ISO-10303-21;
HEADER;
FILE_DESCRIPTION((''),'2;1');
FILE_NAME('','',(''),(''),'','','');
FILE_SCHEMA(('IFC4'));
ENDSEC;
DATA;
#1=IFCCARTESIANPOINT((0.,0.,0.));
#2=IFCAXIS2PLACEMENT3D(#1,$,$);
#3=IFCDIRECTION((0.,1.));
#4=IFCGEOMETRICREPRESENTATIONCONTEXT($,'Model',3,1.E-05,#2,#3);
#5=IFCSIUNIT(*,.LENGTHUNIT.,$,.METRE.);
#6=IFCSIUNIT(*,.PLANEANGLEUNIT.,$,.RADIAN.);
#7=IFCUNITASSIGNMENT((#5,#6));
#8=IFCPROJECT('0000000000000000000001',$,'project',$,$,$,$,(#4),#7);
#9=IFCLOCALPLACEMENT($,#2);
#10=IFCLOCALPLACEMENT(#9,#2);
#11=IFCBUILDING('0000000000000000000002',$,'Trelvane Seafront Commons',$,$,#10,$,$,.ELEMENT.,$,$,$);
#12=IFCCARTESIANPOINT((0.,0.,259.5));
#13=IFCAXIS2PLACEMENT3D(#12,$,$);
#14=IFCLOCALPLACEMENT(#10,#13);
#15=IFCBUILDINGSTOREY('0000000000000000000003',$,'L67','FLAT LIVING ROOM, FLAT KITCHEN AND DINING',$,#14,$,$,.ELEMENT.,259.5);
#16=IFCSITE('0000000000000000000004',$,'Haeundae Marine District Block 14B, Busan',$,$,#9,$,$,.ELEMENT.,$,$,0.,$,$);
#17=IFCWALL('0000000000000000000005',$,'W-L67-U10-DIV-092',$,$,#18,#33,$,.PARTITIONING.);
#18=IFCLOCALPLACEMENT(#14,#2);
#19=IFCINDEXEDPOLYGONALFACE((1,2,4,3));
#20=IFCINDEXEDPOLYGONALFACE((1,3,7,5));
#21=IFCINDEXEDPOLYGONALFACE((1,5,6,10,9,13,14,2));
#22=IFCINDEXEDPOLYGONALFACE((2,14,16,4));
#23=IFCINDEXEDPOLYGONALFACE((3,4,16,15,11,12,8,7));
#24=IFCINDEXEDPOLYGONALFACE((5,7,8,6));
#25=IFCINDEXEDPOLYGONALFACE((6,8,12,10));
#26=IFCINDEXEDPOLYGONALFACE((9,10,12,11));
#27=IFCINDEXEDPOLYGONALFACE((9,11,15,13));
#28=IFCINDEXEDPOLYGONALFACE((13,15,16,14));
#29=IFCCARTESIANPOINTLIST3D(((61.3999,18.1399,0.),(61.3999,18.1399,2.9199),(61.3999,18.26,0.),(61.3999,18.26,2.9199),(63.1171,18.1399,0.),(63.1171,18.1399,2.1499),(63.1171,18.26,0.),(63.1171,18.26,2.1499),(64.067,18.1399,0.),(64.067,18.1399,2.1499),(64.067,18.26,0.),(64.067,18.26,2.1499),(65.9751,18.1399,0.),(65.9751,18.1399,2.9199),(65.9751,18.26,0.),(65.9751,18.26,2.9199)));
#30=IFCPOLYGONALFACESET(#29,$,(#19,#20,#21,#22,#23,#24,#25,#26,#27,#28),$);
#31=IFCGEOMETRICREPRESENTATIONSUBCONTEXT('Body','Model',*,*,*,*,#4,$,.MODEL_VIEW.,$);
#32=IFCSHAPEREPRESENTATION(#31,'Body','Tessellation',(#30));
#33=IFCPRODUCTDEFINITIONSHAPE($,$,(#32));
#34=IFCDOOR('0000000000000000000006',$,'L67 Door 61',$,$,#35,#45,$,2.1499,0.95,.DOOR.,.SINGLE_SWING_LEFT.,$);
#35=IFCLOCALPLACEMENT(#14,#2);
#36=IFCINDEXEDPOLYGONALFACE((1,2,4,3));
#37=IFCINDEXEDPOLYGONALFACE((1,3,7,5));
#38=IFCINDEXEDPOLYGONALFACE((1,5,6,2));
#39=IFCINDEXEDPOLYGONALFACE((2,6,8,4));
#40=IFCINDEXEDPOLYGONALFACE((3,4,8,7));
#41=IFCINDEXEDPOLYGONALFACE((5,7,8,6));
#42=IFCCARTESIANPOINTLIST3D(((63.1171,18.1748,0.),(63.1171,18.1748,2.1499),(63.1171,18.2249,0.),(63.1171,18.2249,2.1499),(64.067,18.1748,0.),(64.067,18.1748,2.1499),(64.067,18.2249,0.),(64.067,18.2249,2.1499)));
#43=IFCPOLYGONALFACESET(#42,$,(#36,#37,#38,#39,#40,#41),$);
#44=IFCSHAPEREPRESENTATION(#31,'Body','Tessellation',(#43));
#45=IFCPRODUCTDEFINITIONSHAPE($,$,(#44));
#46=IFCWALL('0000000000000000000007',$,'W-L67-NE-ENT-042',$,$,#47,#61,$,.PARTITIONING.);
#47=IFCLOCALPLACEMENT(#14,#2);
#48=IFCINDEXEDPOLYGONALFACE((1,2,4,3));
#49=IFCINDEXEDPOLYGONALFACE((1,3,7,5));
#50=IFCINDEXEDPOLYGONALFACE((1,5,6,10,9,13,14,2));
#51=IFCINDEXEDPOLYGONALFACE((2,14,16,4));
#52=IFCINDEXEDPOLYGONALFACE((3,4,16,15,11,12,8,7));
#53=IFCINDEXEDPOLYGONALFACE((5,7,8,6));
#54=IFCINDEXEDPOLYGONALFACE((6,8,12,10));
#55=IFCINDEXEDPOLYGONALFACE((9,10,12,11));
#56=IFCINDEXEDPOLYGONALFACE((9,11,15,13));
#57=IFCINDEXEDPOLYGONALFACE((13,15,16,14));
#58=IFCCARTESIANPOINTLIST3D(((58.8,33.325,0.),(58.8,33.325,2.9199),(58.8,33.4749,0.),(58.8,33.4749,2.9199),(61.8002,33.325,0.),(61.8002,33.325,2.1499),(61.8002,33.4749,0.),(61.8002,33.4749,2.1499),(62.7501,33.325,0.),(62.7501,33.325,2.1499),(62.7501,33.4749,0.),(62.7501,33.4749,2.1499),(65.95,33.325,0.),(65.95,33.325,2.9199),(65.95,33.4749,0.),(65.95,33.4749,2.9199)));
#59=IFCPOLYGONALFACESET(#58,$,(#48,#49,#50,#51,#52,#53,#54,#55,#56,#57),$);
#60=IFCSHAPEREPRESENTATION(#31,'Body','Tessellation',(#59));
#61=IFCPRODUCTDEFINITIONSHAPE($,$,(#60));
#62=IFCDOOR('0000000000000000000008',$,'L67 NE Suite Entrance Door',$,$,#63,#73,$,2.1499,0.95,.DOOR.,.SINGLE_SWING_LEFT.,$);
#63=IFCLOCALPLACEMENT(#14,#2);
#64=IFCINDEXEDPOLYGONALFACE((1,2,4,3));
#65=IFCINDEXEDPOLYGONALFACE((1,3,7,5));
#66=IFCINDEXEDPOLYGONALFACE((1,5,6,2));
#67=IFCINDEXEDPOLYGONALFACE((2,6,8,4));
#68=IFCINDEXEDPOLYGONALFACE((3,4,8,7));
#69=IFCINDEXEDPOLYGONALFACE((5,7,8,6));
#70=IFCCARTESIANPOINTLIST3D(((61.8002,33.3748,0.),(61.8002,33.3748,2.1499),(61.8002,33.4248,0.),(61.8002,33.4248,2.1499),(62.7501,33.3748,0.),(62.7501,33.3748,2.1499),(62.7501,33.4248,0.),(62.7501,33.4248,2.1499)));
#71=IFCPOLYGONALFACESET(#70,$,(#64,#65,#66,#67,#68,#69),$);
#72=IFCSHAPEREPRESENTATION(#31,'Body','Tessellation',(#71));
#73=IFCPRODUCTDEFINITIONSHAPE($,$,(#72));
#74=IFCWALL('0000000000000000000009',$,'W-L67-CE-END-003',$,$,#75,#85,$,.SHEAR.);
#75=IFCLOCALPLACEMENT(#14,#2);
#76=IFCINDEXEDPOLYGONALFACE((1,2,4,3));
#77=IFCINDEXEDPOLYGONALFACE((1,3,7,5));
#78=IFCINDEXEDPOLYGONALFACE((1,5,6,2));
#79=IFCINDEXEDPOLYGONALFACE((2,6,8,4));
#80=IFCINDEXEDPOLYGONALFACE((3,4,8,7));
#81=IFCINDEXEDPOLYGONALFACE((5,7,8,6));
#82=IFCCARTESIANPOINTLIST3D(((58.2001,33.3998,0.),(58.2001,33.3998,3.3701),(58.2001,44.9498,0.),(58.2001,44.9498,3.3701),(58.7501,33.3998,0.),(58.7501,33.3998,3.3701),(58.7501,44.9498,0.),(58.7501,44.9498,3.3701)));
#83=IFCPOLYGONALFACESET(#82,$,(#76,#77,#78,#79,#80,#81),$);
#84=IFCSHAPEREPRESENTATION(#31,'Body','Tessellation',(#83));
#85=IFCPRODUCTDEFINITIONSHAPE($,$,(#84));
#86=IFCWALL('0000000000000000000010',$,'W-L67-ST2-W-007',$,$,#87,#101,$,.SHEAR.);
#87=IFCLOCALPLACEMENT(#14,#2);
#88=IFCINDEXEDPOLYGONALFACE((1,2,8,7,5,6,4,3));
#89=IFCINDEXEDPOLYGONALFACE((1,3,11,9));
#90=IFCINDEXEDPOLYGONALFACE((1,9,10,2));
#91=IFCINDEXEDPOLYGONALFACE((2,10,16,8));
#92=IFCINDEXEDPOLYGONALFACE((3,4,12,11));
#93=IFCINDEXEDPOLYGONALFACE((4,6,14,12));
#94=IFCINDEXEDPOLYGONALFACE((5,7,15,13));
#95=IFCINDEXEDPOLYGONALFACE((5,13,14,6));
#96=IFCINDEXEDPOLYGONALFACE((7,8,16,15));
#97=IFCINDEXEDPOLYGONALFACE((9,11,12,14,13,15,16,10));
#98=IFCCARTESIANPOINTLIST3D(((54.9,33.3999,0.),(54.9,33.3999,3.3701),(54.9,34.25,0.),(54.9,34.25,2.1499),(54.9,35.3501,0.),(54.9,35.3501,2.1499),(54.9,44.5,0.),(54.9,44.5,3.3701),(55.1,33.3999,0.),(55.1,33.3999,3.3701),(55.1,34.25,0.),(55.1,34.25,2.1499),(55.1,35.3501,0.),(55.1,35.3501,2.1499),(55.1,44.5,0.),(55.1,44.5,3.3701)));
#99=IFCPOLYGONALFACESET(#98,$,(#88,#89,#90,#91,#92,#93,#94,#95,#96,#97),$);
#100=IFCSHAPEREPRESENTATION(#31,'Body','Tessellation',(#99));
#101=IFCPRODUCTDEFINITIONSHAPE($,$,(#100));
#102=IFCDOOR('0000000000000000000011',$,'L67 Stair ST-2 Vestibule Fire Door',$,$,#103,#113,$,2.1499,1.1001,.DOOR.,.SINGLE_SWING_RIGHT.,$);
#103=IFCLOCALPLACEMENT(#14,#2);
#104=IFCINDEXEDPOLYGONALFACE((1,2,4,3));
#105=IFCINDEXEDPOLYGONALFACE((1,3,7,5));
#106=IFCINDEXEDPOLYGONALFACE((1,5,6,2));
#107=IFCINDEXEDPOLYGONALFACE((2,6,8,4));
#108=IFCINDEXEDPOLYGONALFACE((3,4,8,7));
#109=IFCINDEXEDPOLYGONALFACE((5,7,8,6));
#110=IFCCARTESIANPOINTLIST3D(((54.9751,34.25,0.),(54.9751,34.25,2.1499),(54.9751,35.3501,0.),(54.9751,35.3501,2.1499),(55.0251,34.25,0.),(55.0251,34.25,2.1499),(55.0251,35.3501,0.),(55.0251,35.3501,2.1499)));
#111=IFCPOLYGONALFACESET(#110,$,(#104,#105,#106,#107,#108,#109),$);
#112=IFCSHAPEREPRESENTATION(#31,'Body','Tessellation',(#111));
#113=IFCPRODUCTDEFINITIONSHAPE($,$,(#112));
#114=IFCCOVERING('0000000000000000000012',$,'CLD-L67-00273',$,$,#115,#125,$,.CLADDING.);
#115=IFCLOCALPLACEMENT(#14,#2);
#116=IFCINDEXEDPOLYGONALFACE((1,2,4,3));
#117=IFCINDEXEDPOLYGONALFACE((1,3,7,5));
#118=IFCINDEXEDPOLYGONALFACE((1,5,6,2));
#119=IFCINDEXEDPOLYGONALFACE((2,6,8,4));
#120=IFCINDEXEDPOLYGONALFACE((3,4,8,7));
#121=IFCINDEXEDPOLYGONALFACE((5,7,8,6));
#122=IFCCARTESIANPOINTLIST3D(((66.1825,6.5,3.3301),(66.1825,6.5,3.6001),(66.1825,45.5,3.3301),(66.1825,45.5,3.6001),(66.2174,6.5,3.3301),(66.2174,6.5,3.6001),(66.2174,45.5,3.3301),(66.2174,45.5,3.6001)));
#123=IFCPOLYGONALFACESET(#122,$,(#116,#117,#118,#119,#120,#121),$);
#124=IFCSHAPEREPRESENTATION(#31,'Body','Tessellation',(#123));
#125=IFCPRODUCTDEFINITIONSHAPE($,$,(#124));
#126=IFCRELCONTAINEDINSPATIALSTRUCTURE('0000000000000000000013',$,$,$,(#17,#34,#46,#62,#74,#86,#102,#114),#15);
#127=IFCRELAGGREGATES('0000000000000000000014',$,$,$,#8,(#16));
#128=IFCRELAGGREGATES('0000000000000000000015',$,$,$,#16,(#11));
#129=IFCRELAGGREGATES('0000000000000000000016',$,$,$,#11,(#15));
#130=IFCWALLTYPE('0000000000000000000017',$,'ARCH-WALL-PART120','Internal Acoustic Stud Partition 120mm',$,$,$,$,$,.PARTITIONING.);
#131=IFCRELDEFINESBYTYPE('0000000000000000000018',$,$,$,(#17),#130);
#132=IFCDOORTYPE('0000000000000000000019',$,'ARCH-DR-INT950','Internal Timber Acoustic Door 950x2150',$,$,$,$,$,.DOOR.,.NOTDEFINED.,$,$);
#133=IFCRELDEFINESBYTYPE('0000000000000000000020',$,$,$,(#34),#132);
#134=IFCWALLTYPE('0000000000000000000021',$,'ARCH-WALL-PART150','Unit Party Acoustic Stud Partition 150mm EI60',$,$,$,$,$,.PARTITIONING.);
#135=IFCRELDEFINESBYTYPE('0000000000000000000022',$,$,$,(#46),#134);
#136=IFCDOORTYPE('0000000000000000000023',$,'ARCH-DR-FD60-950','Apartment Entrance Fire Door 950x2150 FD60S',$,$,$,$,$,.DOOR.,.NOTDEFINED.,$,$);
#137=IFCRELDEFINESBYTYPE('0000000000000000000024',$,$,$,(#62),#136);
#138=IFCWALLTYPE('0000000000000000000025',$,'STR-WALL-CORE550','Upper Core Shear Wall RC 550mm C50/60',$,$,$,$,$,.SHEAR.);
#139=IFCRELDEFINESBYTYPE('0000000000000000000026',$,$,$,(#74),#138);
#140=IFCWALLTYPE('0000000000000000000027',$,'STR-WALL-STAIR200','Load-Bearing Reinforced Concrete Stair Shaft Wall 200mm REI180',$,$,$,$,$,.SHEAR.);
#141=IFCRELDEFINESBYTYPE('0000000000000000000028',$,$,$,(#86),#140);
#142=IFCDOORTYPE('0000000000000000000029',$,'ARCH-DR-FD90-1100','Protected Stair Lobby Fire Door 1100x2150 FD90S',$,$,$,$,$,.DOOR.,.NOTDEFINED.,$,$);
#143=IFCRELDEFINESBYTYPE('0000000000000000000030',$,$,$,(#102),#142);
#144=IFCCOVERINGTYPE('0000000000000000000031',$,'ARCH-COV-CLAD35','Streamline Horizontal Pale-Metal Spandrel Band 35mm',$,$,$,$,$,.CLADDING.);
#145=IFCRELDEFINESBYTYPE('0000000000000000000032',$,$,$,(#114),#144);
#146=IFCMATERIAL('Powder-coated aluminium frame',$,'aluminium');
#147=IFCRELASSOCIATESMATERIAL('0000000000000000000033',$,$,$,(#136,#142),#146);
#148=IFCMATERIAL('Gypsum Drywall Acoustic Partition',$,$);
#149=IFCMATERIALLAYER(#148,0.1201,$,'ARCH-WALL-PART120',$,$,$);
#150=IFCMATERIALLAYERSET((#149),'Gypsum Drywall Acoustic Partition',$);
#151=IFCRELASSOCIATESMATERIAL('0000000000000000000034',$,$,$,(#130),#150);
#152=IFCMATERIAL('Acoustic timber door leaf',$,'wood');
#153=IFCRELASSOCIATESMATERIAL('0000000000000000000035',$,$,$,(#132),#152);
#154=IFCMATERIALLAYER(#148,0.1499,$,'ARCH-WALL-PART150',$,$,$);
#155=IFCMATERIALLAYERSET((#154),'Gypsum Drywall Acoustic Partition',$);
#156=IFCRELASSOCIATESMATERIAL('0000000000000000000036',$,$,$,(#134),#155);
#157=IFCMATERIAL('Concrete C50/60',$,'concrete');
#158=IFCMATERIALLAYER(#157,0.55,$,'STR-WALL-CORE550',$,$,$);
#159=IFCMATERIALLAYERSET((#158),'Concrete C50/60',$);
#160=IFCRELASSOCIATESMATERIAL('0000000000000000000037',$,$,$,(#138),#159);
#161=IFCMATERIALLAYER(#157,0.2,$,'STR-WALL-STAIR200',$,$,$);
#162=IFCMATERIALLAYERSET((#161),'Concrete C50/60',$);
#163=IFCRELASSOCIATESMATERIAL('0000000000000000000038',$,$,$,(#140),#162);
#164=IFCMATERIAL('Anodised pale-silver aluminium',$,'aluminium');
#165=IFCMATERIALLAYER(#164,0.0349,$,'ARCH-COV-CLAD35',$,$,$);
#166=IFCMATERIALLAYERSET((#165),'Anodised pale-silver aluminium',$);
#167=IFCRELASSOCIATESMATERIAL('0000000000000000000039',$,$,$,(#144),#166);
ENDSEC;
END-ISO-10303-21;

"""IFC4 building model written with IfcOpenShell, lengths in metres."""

from ifc_helpers import new_model, si_unit, direction, frame, frame_2d, origin, origin_2d, place, context, subcontext, project, spatial, rectangle, extrude, source, transform, mapped, material, layer, layer_set, type_object, element, fill, save


model = new_model("IFC4")

# Units and contexts
model_context = context("Model", 3, precision=1e-05, world=origin(), true_north=direction((0.0, 1.0)))
body_context = subcontext(model_context, "Body", "Model", "MODEL_VIEW")
ifc_project = project(units=[si_unit("LENGTHUNIT", "METRE"), si_unit("PLANEANGLEUNIT", "RADIAN")], contexts=[model_context])

# Site, building, storey
site_placement = place(None, origin())
site = spatial("IfcSite", under=ifc_project, at=site_placement, Name="Haeundae Marine District Block 14B, Busan", CompositionType="ELEMENT", RefElevation=0.0)
building_placement = place(site_placement, origin())
building = spatial("IfcBuilding", under=site, at=building_placement, Name="Trelvane Seafront Commons", CompositionType="ELEMENT")
storey_placement = place(building_placement, frame((0.0, 0.0, 259.5)))
storey = spatial("IfcBuildingStorey", under=building, at=storey_placement, Name="L67", Description="FLAT LIVING ROOM, FLAT KITCHEN AND DINING", CompositionType="ELEMENT", Elevation=259.5)

# Shared definitions
ifc_material_1 = material(Name="Concrete C50/60", Category="concrete")

# Shared definitions
ifc_material_2 = material(Name="Powder-coated aluminium frame", Category="aluminium")
door_type_1 = type_object("IfcDoorType", Name="ARCH-DR-FD60-950", Description="Apartment Entrance Fire Door 950x2150 FD60S", OperationType="NOTDEFINED", PredefinedType="DOOR", material=ifc_material_2)
shared_shape_1 = source(origin(), body_context, "Body", "SweptSolid", [
    extrude(rectangle(XDim=0.95, YDim=2.1499, at=frame_2d((0.4751, 1.075))), frame((0.0, 0.0249, 0.0), z_axis=(0.0, -1.0, 0.0), x_axis=(1.0, 0.0, 0.0)), (0.0, 0.0, 1.0), 0.05),
])
ifc_material_3 = material(Name="Gypsum Drywall Acoustic Partition")
ifc_layer_1 = layer(ifc_material_3, 0.1201, Name="ARCH-WALL-PART120")
ifc_layer_set_1 = layer_set([ifc_layer_1], Name="Gypsum Drywall Acoustic Partition")
wall_type_1 = type_object("IfcWallType", Name="ARCH-WALL-PART120", Description="Internal Acoustic Stud Partition 120mm", PredefinedType="PARTITIONING", material=ifc_layer_set_1)
ifc_material_4 = material(Name="Acoustic timber door leaf", Category="wood")
door_type_2 = type_object("IfcDoorType", Name="ARCH-DR-INT950", Description="Internal Timber Acoustic Door 950x2150", OperationType="NOTDEFINED", PredefinedType="DOOR", material=ifc_material_4)

# Walls, openings, doors
wall_1_placement = place(storey_placement, frame((61.3999, 18.2, 0.0), z_axis=(0.0, 0.0, 1.0), x_axis=(1.0, 0.0, 0.0)))
wall_1 = element("IfcWall", 1, at=wall_1_placement, inside=storey, type_object=wall_type_1, Name="W-L67-U10-DIV-092", PredefinedType="PARTITIONING", context=body_context, shape_type="SweptSolid", body=[
    extrude(rectangle(XDim=4.5752, YDim=0.1201, at=frame_2d((2.2876, 0.0))), origin(), (0.0, 0.0, 1.0), 2.9199),
])
opening_1_placement = place(wall_1_placement, frame((1.717, 0.0, 0.0)))
opening_1 = element("IfcOpeningElement", 2, at=opening_1_placement, cuts=wall_1, PredefinedType="OPENING", context=body_context, shape_type="SweptSolid", body=[
    extrude(rectangle(XDim=0.95, YDim=2.1499, at=frame_2d((0.4751, 1.075))), frame((0.0, 0.0701, 0.0), z_axis=(0.0, -1.0, 0.0), x_axis=(1.0, 0.0, 0.0)), (0.0, 0.0, 1.0), 0.1401),
])
door_1_placement = place(opening_1_placement, origin())
door_1 = element("IfcDoor", 3, at=door_1_placement, inside=storey, type_object=door_type_2, Name="L67 Door 61", OperationType="SINGLE_SWING_LEFT", OverallHeight=2.1499, OverallWidth=0.95, PredefinedType="DOOR", context=body_context, shape_type="MappedRepresentation", body=[
    mapped(shared_shape_1, transform((0.0, 0.0, 0.0), x_axis=(1.0, 0.0, 0.0), y_axis=(0.0, 1.0, 0.0), z_axis=(0.0, 0.0, 1.0), scale=1.0)),
])
fill(opening_1, door_1)
ifc_layer_2 = layer(ifc_material_3, 0.1499, Name="ARCH-WALL-PART150")
ifc_layer_set_2 = layer_set([ifc_layer_2], Name="Gypsum Drywall Acoustic Partition")
wall_type_2 = type_object("IfcWallType", Name="ARCH-WALL-PART150", Description="Unit Party Acoustic Stud Partition 150mm EI60", PredefinedType="PARTITIONING", material=ifc_layer_set_2)
wall_2_placement = place(storey_placement, frame((58.8, 33.3999, 0.0), z_axis=(0.0, 0.0, 1.0), x_axis=(1.0, 0.0, 0.0)))
wall_2 = element("IfcWall", 4, at=wall_2_placement, inside=storey, type_object=wall_type_2, Name="W-L67-NE-ENT-042", PredefinedType="PARTITIONING", context=body_context, shape_type="SweptSolid", body=[
    extrude(rectangle(XDim=7.1499, YDim=0.1499, at=frame_2d((3.575, 0.0))), origin(), (0.0, 0.0, 1.0), 2.9199),
])
opening_2_placement = place(wall_2_placement, frame((3.0, 0.0, 0.0)))
opening_2 = element("IfcOpeningElement", 5, at=opening_2_placement, cuts=wall_2, PredefinedType="OPENING", context=body_context, shape_type="SweptSolid", body=[
    extrude(rectangle(XDim=0.95, YDim=2.1499, at=frame_2d((0.4751, 1.075))), frame((0.0, 0.085, 0.0), z_axis=(0.0, -1.0, 0.0), x_axis=(1.0, 0.0, 0.0)), (0.0, 0.0, 1.0), 0.1699),
])
door_2_placement = place(opening_2_placement, origin())
door_2 = element("IfcDoor", 6, at=door_2_placement, inside=storey, type_object=door_type_1, Name="L67 NE Suite Entrance Door", OperationType="SINGLE_SWING_LEFT", OverallHeight=2.1499, OverallWidth=0.95, PredefinedType="DOOR", context=body_context, shape_type="MappedRepresentation", body=[
    mapped(shared_shape_1, transform((0.0, 0.0, 0.0), x_axis=(1.0, 0.0, 0.0), y_axis=(0.0, 1.0, 0.0), z_axis=(0.0, 0.0, 1.0), scale=1.0)),
])
fill(opening_2, door_2)

# Wall
ifc_layer_3 = layer(ifc_material_1, 0.55, Name="STR-WALL-CORE550")
ifc_layer_set_3 = layer_set([ifc_layer_3], Name="Concrete C50/60")
wall_type_3 = type_object("IfcWallType", Name="STR-WALL-CORE550", Description="Upper Core Shear Wall RC 550mm C50/60", PredefinedType="SHEAR", material=ifc_layer_set_3)
wall_3_placement = place(storey_placement, frame((58.4751, 33.3999, 0.0), z_axis=(0.0, 0.0, 1.0), x_axis=(0.0, 1.0, 0.0)))
element("IfcWall", 7, at=wall_3_placement, inside=storey, type_object=wall_type_3, Name="W-L67-CE-END-003", PredefinedType="SHEAR", context=body_context, shape_type="SweptSolid", body=[
    extrude(rectangle(XDim=11.55, YDim=0.55, at=frame_2d((5.7749, 0.0))), origin(), (0.0, 0.0, 1.0), 3.3701),
])

# Wall, opening, door
ifc_layer_4 = layer(ifc_material_1, 0.2, Name="STR-WALL-STAIR200")
ifc_layer_set_4 = layer_set([ifc_layer_4], Name="Concrete C50/60")
wall_type_4 = type_object("IfcWallType", Name="STR-WALL-STAIR200", Description="Load-Bearing Reinforced Concrete Stair Shaft Wall 200mm REI180", PredefinedType="SHEAR", material=ifc_layer_set_4)
wall_4_placement = place(storey_placement, frame((55.0, 33.3999, 0.0), z_axis=(0.0, 0.0, 1.0), x_axis=(0.0, 1.0, 0.0)))
wall_4 = element("IfcWall", 8, at=wall_4_placement, inside=storey, type_object=wall_type_4, Name="W-L67-ST2-W-007", PredefinedType="SHEAR", context=body_context, shape_type="SweptSolid", body=[
    extrude(rectangle(XDim=11.1001, YDim=0.2, at=frame_2d((5.55, 0.0))), origin(), (0.0, 0.0, 1.0), 3.3701),
])
opening_3_placement = place(wall_4_placement, frame((0.8501, 0.0, 0.0)))
opening_3 = element("IfcOpeningElement", 9, at=opening_3_placement, cuts=wall_4, PredefinedType="OPENING", context=body_context, shape_type="SweptSolid", body=[
    extrude(rectangle(XDim=1.1001, YDim=2.1499, at=frame_2d((0.55, 1.075))), frame((0.0, 0.1099, 0.0), z_axis=(0.0, -1.0, 0.0), x_axis=(1.0, 0.0, 0.0)), (0.0, 0.0, 1.0), 0.22),
])
door_type_3 = type_object("IfcDoorType", Name="ARCH-DR-FD90-1100", Description="Protected Stair Lobby Fire Door 1100x2150 FD90S", OperationType="NOTDEFINED", PredefinedType="DOOR", material=ifc_material_2)
shared_shape_2 = source(origin(), body_context, "Body", "SweptSolid", [
    extrude(rectangle(XDim=1.1001, YDim=2.1499, at=frame_2d((0.55, 1.075))), frame((0.0, 0.0249, 0.0), z_axis=(0.0, -1.0, 0.0), x_axis=(1.0, 0.0, 0.0)), (0.0, 0.0, 1.0), 0.05),
])
door_3_placement = place(opening_3_placement, origin())
door_3 = element("IfcDoor", 10, at=door_3_placement, inside=storey, type_object=door_type_3, Name="L67 Stair ST-2 Vestibule Fire Door", OperationType="SINGLE_SWING_RIGHT", OverallHeight=2.1499, OverallWidth=1.1001, PredefinedType="DOOR", context=body_context, shape_type="MappedRepresentation", body=[
    mapped(shared_shape_2, transform((0.0, 0.0, 0.0), x_axis=(1.0, 0.0, 0.0), y_axis=(0.0, 1.0, 0.0), z_axis=(0.0, 0.0, 1.0), scale=1.0)),
])
fill(opening_3, door_3)

# Covering
ifc_material_5 = material(Name="Anodised pale-silver aluminium", Category="aluminium")
ifc_layer_5 = layer(ifc_material_5, 0.0349, Name="ARCH-COV-CLAD35")
ifc_layer_set_5 = layer_set([ifc_layer_5], Name="Anodised pale-silver aluminium")
covering_type = type_object("IfcCoveringType", Name="ARCH-COV-CLAD35", Description="Streamline Horizontal Pale-Metal Spandrel Band 35mm", PredefinedType="CLADDING", material=ifc_layer_set_5)
shared_shape_3 = source(origin(), body_context, "Body", "SweptSolid", [
    extrude(rectangle(XDim=39.0, YDim=0.0349, at=origin_2d()), origin(), (0.0, 0.0, 1.0), 0.27),
])
covering_placement = place(storey_placement, frame((66.2, 26.0, 3.3301), z_axis=(0.0, 0.0, 1.0), x_axis=(0.0, -1.0, 0.0)))
element("IfcCovering", 11, at=covering_placement, inside=storey, type_object=covering_type, Name="CLD-L67-00273", PredefinedType="CLADDING", context=body_context, shape_type="MappedRepresentation", body=[
    mapped(shared_shape_3, transform((0.0, 0.0, 0.0), x_axis=(1.0, 0.0, 0.0), y_axis=(0.0, 1.0, 0.0), z_axis=(0.0, 0.0, 1.0), scale=1.0)),
])

save(model, "model.ifc")
